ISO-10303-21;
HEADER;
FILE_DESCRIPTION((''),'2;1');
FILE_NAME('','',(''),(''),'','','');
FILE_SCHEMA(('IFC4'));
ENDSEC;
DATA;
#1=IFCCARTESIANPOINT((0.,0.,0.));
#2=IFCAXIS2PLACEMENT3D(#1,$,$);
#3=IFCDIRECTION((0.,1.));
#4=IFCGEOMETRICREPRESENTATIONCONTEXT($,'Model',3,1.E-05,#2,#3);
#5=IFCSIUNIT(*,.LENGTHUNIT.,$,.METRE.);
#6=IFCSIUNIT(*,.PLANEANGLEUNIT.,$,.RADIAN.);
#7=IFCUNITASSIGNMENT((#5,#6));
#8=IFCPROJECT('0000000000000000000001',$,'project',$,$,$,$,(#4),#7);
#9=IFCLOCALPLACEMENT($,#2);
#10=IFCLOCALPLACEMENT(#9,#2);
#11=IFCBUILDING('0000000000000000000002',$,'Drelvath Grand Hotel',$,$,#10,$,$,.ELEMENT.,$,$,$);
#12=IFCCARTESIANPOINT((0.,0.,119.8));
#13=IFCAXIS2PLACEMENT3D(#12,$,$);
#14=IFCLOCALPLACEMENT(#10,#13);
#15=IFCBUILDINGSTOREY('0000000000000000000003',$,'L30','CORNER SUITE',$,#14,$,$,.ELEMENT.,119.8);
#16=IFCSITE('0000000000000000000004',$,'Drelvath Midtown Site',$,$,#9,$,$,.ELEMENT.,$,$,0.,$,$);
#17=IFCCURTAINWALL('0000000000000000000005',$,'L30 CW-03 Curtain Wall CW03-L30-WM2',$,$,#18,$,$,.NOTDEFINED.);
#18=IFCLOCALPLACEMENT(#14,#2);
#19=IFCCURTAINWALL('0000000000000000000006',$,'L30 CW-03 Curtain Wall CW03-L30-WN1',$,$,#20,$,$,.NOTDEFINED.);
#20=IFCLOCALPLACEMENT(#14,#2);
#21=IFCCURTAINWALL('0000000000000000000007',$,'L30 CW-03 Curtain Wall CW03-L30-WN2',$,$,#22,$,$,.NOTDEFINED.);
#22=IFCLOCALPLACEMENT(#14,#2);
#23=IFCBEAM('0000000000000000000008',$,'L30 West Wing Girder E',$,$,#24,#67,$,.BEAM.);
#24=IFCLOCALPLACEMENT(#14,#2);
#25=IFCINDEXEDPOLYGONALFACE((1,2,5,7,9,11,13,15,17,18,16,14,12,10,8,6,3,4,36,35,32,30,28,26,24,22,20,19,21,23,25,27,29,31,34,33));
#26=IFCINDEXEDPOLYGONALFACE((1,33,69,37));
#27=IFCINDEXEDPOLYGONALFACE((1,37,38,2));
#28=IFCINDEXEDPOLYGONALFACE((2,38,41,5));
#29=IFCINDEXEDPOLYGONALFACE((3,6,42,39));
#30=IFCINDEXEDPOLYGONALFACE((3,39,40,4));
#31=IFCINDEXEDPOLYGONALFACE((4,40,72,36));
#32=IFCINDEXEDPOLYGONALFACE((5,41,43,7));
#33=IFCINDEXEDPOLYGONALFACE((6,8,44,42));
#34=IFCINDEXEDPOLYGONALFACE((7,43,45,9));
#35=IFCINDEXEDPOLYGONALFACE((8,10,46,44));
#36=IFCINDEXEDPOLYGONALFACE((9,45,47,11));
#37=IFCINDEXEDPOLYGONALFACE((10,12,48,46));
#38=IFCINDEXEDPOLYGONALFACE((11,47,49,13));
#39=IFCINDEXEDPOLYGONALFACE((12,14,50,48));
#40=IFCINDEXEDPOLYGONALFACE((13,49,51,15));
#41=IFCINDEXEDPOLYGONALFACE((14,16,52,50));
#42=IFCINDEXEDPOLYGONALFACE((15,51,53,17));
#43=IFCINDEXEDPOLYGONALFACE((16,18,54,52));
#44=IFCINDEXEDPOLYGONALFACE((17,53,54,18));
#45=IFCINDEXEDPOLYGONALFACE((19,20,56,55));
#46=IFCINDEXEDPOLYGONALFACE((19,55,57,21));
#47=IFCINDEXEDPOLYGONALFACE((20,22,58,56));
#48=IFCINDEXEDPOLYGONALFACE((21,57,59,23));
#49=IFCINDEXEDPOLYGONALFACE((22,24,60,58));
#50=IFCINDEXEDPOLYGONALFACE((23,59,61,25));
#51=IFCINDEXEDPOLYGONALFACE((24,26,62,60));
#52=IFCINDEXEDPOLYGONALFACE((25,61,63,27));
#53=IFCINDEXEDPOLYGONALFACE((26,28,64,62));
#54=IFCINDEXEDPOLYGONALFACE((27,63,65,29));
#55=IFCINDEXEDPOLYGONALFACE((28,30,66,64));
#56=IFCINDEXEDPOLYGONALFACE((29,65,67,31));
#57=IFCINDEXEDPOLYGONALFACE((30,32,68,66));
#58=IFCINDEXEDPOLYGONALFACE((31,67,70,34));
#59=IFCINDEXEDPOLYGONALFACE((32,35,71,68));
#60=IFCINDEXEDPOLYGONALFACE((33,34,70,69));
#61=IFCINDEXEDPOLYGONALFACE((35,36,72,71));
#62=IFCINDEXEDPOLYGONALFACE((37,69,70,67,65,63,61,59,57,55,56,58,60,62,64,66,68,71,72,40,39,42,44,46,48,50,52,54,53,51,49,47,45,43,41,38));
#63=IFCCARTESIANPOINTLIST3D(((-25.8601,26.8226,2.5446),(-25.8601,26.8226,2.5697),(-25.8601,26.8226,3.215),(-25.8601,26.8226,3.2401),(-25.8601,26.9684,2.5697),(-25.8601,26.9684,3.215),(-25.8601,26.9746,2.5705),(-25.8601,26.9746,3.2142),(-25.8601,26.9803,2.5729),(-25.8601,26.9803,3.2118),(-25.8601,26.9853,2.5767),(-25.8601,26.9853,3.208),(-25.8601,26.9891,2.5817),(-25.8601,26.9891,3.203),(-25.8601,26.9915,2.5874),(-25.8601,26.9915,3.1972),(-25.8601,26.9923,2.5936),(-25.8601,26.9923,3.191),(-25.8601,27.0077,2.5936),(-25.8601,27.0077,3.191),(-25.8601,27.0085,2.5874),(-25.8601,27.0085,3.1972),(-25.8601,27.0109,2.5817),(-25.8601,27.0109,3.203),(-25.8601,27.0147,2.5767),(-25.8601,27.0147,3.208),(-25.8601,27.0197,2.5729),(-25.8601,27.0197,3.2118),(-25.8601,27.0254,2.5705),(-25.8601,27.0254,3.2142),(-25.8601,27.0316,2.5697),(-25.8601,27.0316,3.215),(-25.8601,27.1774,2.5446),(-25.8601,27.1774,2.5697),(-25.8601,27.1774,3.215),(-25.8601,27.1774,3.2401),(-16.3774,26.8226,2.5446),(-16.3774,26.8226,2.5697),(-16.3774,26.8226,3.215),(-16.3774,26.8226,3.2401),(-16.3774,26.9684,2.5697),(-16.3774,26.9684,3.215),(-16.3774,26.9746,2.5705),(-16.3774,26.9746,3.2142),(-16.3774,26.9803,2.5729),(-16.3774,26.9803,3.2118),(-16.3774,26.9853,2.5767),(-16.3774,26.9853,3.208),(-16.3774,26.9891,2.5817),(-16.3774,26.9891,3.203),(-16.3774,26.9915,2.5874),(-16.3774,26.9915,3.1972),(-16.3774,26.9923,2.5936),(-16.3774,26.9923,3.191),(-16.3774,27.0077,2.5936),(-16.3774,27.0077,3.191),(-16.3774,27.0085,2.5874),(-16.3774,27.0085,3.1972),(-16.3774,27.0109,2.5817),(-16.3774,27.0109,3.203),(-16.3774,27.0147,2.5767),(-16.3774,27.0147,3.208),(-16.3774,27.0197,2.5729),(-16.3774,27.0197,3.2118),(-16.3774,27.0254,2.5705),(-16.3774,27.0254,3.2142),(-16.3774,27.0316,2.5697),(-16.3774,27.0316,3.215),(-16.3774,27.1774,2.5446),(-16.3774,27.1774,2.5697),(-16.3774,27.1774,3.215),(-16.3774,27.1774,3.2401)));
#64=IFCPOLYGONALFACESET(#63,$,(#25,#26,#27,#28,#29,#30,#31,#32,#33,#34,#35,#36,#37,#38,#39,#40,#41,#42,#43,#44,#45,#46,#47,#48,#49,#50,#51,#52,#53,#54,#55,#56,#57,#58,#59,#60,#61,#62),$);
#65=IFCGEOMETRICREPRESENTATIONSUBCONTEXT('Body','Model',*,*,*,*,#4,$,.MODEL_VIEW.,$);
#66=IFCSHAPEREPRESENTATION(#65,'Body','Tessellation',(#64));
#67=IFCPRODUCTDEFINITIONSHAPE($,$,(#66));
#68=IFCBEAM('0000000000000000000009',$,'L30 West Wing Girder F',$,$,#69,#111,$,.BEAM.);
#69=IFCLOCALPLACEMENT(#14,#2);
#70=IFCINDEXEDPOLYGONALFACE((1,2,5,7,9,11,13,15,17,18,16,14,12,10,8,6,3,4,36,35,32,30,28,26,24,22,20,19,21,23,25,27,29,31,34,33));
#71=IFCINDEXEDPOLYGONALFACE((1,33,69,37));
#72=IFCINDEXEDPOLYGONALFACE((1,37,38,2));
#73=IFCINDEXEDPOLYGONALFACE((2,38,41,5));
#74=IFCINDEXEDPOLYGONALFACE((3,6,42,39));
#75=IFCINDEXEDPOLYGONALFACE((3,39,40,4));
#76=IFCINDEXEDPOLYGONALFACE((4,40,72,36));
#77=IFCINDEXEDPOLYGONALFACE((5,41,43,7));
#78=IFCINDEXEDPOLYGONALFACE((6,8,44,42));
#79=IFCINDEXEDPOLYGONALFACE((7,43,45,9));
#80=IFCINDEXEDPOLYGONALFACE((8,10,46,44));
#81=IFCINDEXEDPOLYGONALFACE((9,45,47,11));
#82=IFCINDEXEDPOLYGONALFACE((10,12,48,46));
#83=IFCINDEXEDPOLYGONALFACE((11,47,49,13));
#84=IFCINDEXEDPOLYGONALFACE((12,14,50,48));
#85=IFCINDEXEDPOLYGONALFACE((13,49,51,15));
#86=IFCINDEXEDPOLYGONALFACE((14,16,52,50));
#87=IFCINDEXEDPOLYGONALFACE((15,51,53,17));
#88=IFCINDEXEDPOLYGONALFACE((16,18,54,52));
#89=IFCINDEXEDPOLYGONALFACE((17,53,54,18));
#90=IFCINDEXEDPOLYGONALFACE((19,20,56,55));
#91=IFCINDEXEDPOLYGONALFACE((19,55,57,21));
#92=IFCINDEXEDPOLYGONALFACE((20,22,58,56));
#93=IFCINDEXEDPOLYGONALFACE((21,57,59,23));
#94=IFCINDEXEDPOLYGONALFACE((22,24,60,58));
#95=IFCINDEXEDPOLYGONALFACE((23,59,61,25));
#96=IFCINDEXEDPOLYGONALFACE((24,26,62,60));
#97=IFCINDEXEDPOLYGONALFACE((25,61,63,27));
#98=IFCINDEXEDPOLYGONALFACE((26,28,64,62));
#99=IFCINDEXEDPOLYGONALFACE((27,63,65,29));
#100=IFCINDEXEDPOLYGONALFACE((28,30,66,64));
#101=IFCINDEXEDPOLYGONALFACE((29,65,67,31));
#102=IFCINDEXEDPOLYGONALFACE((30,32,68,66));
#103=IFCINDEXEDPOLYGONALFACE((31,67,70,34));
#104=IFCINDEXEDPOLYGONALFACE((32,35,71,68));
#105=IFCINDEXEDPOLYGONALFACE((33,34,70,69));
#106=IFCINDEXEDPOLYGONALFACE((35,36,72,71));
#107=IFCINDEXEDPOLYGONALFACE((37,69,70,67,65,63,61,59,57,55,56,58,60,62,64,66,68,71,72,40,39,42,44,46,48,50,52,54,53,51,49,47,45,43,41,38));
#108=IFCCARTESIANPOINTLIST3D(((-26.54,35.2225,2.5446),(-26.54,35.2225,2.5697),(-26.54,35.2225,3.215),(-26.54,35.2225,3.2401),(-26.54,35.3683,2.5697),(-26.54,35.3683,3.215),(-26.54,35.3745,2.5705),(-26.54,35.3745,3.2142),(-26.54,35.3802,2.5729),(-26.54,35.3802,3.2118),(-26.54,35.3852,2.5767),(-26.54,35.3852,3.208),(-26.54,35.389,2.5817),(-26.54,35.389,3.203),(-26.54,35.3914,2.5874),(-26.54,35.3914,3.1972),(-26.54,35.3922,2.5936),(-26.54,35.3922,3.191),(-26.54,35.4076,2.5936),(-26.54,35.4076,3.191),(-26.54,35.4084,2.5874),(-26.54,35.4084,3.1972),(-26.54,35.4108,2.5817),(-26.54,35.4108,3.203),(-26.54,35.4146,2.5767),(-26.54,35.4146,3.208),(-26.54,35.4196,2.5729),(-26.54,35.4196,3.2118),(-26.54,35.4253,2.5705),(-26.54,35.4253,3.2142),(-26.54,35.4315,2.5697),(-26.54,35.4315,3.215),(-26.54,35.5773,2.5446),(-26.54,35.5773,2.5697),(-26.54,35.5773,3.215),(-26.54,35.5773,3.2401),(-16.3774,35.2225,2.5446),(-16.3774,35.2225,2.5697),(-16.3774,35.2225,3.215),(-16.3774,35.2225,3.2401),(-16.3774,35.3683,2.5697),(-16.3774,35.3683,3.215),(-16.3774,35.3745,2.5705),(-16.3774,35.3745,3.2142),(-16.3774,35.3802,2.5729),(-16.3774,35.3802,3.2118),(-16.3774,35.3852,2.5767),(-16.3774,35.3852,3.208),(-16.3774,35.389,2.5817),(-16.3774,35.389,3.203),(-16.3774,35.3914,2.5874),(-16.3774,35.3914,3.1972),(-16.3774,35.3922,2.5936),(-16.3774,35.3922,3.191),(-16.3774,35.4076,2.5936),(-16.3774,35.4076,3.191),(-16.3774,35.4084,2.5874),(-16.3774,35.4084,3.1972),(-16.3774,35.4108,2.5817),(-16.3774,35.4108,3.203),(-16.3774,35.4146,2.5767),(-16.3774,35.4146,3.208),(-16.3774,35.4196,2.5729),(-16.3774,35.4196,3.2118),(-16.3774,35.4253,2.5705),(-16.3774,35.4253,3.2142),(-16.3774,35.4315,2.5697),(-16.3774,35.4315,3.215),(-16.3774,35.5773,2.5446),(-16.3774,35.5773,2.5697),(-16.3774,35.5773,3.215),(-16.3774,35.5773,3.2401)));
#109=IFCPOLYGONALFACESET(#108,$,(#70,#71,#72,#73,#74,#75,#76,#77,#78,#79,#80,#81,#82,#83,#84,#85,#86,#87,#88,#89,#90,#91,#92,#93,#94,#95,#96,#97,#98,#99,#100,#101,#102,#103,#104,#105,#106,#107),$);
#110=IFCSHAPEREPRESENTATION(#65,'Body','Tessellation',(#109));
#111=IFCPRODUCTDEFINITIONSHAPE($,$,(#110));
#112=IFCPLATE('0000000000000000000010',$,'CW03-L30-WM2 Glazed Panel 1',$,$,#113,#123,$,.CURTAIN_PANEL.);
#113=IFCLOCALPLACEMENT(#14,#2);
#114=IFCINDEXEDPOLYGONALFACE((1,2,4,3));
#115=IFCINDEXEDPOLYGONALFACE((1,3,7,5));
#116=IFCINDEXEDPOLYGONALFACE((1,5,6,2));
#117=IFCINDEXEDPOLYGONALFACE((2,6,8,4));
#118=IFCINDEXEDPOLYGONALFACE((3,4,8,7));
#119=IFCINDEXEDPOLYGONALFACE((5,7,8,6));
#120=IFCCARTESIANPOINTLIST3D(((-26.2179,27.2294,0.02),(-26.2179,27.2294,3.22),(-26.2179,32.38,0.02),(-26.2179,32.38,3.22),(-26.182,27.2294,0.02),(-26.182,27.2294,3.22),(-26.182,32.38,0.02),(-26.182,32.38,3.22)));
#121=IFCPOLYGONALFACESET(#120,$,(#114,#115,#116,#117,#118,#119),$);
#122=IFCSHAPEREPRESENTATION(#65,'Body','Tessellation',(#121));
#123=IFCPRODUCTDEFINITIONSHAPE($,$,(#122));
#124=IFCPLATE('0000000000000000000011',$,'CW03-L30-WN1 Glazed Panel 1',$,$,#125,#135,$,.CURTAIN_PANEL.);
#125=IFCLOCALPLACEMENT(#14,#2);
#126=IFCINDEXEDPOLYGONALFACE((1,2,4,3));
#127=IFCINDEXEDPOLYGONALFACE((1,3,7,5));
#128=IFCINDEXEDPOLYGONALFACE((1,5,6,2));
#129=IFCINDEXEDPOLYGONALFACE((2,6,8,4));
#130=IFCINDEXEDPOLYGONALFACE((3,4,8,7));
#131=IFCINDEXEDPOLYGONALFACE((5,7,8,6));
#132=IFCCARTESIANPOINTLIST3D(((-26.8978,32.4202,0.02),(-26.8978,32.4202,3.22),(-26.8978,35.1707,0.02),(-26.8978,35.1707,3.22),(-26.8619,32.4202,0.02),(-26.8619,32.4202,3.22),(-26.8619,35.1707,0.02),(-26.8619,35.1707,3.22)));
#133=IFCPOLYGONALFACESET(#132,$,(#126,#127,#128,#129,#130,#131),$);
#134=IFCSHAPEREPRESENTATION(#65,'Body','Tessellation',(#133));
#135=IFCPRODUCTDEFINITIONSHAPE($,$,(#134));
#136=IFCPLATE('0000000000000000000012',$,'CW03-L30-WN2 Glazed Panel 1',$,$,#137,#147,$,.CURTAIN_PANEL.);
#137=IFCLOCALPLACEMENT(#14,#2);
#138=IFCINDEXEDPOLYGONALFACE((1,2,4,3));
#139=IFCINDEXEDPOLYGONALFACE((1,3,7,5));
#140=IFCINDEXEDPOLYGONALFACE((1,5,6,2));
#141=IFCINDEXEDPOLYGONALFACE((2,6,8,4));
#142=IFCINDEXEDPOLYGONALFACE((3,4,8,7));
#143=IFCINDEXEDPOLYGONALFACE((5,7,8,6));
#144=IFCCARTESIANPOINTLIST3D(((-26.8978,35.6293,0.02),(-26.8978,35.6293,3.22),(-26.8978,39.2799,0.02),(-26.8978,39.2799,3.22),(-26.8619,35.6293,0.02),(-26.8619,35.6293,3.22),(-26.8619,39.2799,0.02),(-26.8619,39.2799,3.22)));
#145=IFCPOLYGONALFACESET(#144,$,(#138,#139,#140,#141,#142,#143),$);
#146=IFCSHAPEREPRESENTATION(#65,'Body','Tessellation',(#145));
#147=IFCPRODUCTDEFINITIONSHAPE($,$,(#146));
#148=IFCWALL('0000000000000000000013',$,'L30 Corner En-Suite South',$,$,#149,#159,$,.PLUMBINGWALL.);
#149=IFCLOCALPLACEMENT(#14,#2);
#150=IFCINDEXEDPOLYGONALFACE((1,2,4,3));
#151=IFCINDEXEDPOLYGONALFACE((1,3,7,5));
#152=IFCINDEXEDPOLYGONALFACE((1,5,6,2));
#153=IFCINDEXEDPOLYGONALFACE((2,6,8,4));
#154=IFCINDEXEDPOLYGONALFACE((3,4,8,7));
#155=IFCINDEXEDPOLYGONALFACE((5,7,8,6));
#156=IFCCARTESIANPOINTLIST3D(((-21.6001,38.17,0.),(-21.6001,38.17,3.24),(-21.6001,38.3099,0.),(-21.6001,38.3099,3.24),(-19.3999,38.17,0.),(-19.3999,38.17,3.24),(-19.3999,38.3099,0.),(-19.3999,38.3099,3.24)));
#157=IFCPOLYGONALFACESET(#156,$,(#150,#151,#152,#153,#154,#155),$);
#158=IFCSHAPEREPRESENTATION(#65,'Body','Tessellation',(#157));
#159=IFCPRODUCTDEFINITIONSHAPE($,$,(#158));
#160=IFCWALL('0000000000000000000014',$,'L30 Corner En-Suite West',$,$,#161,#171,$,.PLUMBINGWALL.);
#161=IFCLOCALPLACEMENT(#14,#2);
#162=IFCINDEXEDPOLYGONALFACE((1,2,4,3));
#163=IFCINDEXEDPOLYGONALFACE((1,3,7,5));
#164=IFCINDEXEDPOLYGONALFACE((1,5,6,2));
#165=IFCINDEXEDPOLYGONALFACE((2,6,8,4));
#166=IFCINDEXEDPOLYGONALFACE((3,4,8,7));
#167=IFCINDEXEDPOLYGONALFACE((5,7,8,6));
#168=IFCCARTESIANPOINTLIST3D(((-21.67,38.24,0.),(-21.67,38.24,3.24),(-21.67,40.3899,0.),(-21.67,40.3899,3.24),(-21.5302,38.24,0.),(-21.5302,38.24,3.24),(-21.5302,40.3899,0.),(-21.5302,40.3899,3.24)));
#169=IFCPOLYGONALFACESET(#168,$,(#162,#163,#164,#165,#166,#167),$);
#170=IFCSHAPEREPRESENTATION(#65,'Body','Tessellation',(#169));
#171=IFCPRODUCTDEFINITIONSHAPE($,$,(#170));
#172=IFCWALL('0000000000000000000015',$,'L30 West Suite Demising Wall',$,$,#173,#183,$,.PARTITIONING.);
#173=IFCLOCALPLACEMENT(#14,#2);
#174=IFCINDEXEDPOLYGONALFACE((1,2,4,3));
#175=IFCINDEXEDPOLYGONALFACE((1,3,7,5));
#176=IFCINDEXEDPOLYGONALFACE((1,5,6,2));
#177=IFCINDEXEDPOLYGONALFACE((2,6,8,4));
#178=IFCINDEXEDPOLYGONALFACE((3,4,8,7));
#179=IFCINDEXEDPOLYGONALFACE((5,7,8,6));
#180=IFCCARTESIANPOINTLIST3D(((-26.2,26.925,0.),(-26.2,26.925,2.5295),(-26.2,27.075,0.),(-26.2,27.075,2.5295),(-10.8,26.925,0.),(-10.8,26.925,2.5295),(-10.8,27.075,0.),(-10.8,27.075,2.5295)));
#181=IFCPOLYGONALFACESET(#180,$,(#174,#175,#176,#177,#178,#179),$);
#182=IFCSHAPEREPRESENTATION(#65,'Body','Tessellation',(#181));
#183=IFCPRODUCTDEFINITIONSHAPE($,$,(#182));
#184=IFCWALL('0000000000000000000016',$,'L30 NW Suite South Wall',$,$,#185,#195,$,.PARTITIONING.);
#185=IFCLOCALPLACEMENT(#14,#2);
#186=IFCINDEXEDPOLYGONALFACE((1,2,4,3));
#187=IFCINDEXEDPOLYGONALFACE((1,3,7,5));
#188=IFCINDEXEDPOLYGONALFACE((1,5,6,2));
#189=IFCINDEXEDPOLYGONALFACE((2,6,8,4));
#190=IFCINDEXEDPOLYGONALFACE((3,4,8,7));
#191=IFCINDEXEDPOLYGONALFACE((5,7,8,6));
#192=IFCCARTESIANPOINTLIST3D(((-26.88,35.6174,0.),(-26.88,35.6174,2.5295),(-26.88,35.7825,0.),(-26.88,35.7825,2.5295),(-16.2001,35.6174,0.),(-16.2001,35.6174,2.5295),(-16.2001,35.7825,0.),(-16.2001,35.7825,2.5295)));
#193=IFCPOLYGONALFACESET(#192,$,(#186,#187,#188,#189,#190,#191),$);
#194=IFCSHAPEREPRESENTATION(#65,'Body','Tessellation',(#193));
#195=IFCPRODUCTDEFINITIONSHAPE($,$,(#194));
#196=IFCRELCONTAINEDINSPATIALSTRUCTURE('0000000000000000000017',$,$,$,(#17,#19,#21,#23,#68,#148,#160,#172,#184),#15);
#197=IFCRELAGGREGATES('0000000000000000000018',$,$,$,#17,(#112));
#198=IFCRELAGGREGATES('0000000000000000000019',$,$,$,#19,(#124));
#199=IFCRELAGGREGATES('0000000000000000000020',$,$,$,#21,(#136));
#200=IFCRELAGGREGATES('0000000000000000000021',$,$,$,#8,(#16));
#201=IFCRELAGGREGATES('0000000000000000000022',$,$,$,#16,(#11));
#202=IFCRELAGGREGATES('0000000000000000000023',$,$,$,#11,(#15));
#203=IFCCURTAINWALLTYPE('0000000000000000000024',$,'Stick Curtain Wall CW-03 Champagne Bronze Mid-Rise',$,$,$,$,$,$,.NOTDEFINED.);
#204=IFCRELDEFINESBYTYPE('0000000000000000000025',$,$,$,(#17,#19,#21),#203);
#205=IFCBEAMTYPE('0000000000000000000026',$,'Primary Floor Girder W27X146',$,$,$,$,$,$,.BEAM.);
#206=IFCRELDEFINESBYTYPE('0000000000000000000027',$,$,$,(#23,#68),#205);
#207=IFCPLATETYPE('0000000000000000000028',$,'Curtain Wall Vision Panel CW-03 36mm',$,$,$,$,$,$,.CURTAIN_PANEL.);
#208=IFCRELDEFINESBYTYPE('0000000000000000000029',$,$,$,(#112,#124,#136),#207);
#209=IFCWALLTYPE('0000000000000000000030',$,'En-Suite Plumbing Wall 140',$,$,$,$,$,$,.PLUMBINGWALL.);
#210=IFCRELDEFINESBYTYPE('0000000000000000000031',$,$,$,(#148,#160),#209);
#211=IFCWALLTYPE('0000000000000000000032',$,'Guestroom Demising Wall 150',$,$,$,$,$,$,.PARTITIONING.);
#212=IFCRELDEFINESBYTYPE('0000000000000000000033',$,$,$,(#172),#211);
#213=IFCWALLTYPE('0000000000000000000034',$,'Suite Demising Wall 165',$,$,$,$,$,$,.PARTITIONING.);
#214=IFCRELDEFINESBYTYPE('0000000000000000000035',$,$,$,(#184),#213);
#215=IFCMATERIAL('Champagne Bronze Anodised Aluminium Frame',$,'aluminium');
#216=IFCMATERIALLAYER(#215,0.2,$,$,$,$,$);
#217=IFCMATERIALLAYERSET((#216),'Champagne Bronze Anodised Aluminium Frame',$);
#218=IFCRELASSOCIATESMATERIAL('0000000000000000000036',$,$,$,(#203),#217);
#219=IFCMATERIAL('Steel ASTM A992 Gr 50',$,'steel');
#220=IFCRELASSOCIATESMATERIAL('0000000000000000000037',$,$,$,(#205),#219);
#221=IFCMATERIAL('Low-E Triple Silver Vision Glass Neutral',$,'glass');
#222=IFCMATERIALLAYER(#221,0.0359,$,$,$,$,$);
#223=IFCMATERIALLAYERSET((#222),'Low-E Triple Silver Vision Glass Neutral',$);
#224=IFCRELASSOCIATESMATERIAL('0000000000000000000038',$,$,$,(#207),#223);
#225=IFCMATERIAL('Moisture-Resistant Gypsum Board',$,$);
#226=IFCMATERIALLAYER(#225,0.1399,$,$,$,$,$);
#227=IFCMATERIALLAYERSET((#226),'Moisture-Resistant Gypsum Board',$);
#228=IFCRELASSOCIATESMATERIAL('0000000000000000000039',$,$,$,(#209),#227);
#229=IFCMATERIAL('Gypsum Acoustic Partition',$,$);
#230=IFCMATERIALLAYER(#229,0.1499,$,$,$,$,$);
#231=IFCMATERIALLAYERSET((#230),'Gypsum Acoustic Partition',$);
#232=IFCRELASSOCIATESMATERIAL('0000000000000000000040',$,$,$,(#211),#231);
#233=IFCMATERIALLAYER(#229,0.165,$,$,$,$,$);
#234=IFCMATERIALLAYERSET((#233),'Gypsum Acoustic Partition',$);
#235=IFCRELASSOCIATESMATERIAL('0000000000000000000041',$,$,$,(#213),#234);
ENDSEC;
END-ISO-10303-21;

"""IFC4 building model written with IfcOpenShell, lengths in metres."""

from ifc_helpers import new_model, si_unit, direction, frame, frame_2d, origin, origin_2d, place, context, subcontext, project, spatial, rectangle, i_section, extrude, material, layer, layer_set, material_profile, profile_set, type_object, element, aggregate, save


model = new_model("IFC4")

# Units and contexts
model_context = context("Model", 3, precision=1e-05, world=origin(), true_north=direction((0.0, 1.0)))
body_context = subcontext(model_context, "Body", "Model", "MODEL_VIEW")
ifc_project = project(units=[si_unit("LENGTHUNIT", "METRE"), si_unit("PLANEANGLEUNIT", "RADIAN")], contexts=[model_context])

# Site, building, storey
site_placement = place(None, origin())
site = spatial("IfcSite", under=ifc_project, at=site_placement, Name="Drelvath Midtown Site", CompositionType="ELEMENT", RefElevation=0.0)
building_placement = place(site_placement, origin())
building = spatial("IfcBuilding", under=site, at=building_placement, Name="Drelvath Grand Hotel", CompositionType="ELEMENT")
storey_placement = place(building_placement, frame((0.0, 0.0, 119.8)))
storey = spatial("IfcBuildingStorey", under=building, at=storey_placement, Name="L30", Description="CORNER SUITE", CompositionType="ELEMENT", Elevation=119.8)

# Curtain walls
ifc_material_1 = material(Name="Champagne Bronze Anodised Aluminium Frame", Category="aluminium")
ifc_layer_1 = layer(ifc_material_1, 0.2)
ifc_layer_set_1 = layer_set([ifc_layer_1], Name="Champagne Bronze Anodised Aluminium Frame")
curtain_wall_type = type_object("IfcCurtainWallType", Name="Stick Curtain Wall CW-03 Champagne Bronze Mid-Rise", PredefinedType="NOTDEFINED", material=ifc_layer_set_1)
curtain_wall_1_placement = place(storey_placement, origin())
curtain_wall_1 = element("IfcCurtainWall", 1, at=curtain_wall_1_placement, inside=storey, type_object=curtain_wall_type, Name="L30 CW-03 Curtain Wall CW03-L30-WM2", PredefinedType="NOTDEFINED")
curtain_wall_2_placement = place(storey_placement, origin())
curtain_wall_2 = element("IfcCurtainWall", 2, at=curtain_wall_2_placement, inside=storey, type_object=curtain_wall_type, Name="L30 CW-03 Curtain Wall CW03-L30-WN1", PredefinedType="NOTDEFINED")
curtain_wall_3_placement = place(storey_placement, origin())
curtain_wall_3 = element("IfcCurtainWall", 3, at=curtain_wall_3_placement, inside=storey, type_object=curtain_wall_type, Name="L30 CW-03 Curtain Wall CW03-L30-WN2", PredefinedType="NOTDEFINED")

# Beams
ifc_material_2 = material(Name="Steel ASTM A992 Gr 50", Category="steel")
ifc_material_profile_1 = material_profile(ifc_material_2, i_section(OverallWidth=0.3547, OverallDepth=0.6956, WebThickness=0.0154, FlangeThickness=0.0251, FilletRadius=0.0239, at=origin_2d()), Name="W27X146")
ifc_profile_set_1 = profile_set([ifc_material_profile_1], Name="Steel ASTM A992 Gr 50")
beam_type_1 = type_object("IfcBeamType", Name="Primary Floor Girder W27X146", PredefinedType="BEAM", material=ifc_profile_set_1)
beam_1_placement = place(storey_placement, frame((-25.8601, 27.0, 2.8923), z_axis=(1.0, 0.0, 0.0), x_axis=(0.0, 1.0, 0.0)))
element("IfcBeam", 4, at=beam_1_placement, inside=storey, type_object=beam_type_1, Name="L30 West Wing Girder E", PredefinedType="BEAM", context=body_context, shape_type="SweptSolid", body=[
    extrude(i_section(OverallWidth=0.3547, OverallDepth=0.6956, WebThickness=0.0154, FlangeThickness=0.0251, FilletRadius=0.0239, at=origin_2d()), origin(), (0.0, 0.0, 1.0), 9.4827),
])
beam_2_placement = place(storey_placement, frame((-26.54, 35.3999, 2.8923), z_axis=(1.0, 0.0, 0.0), x_axis=(0.0, 1.0, 0.0)))
element("IfcBeam", 5, at=beam_2_placement, inside=storey, type_object=beam_type_1, Name="L30 West Wing Girder F", PredefinedType="BEAM", context=body_context, shape_type="SweptSolid", body=[
    extrude(i_section(OverallWidth=0.3547, OverallDepth=0.6956, WebThickness=0.0154, FlangeThickness=0.0251, FilletRadius=0.0239, at=origin_2d()), origin(), (0.0, 0.0, 1.0), 10.1626),
])

# Plates
ifc_material_3 = material(Name="Low-E Triple Silver Vision Glass Neutral", Category="glass")
ifc_layer_2 = layer(ifc_material_3, 0.0359)
ifc_layer_set_2 = layer_set([ifc_layer_2], Name="Low-E Triple Silver Vision Glass Neutral")
plate_type = type_object("IfcPlateType", Name="Curtain Wall Vision Panel CW-03 36mm", PredefinedType="CURTAIN_PANEL", material=ifc_layer_set_2)
plate_1_placement = place(storey_placement, frame((-26.2, 29.8047, 0.02), z_axis=(0.0, 0.0, 1.0), x_axis=(0.0, 1.0, 0.0)))
plate_1 = element("IfcPlate", 6, at=plate_1_placement, type_object=plate_type, Name="CW03-L30-WM2 Glazed Panel 1", PredefinedType="CURTAIN_PANEL", context=body_context, shape_type="SweptSolid", body=[
    extrude(rectangle(XDim=5.1506, YDim=0.0359, at=origin_2d()), origin(), (0.0, 0.0, 1.0), 3.2),
])
aggregate(curtain_wall_1, [plate_1])
plate_2_placement = place(storey_placement, frame((-26.8799, 33.7954, 0.02), z_axis=(0.0, 0.0, 1.0), x_axis=(0.0, 1.0, 0.0)))
plate_2 = element("IfcPlate", 7, at=plate_2_placement, type_object=plate_type, Name="CW03-L30-WN1 Glazed Panel 1", PredefinedType="CURTAIN_PANEL", context=body_context, shape_type="SweptSolid", body=[
    extrude(rectangle(XDim=2.7505, YDim=0.0359, at=origin_2d()), origin(), (0.0, 0.0, 1.0), 3.2),
])
aggregate(curtain_wall_2, [plate_2])
plate_3_placement = place(storey_placement, frame((-26.8799, 37.4546, 0.02), z_axis=(0.0, 0.0, 1.0), x_axis=(0.0, 1.0, 0.0)))
plate_3 = element("IfcPlate", 8, at=plate_3_placement, type_object=plate_type, Name="CW03-L30-WN2 Glazed Panel 1", PredefinedType="CURTAIN_PANEL", context=body_context, shape_type="SweptSolid", body=[
    extrude(rectangle(XDim=3.6506, YDim=0.0359, at=origin_2d()), origin(), (0.0, 0.0, 1.0), 3.2),
])
aggregate(curtain_wall_3, [plate_3])

# Walls
ifc_material_4 = material(Name="Moisture-Resistant Gypsum Board")
ifc_layer_3 = layer(ifc_material_4, 0.1399)
ifc_layer_set_3 = layer_set([ifc_layer_3], Name="Moisture-Resistant Gypsum Board")
wall_type_1 = type_object("IfcWallType", Name="En-Suite Plumbing Wall 140", PredefinedType="PLUMBINGWALL", material=ifc_layer_set_3)
wall_1_placement = place(storey_placement, frame((-21.6001, 38.24, 0.0), z_axis=(0.0, 0.0, 1.0), x_axis=(1.0, 0.0, 0.0)))
element("IfcWall", 9, at=wall_1_placement, inside=storey, type_object=wall_type_1, Name="L30 Corner En-Suite South", PredefinedType="PLUMBINGWALL", context=body_context, shape_type="SweptSolid", body=[
    extrude(rectangle(XDim=2.2002, YDim=0.1399, at=frame_2d((1.1001, 0.0))), origin(), (0.0, 0.0, 1.0), 3.24),
])
wall_2_placement = place(storey_placement, frame((-21.6001, 38.24, 0.0), z_axis=(0.0, 0.0, 1.0), x_axis=(0.0, 1.0, 0.0)))
element("IfcWall", 10, at=wall_2_placement, inside=storey, type_object=wall_type_1, Name="L30 Corner En-Suite West", PredefinedType="PLUMBINGWALL", context=body_context, shape_type="SweptSolid", body=[
    extrude(rectangle(XDim=2.1499, YDim=0.1399, at=frame_2d((1.075, 0.0))), origin(), (0.0, 0.0, 1.0), 3.24),
])
ifc_material_5 = material(Name="Gypsum Acoustic Partition")
ifc_layer_4 = layer(ifc_material_5, 0.1499)
ifc_layer_set_4 = layer_set([ifc_layer_4], Name="Gypsum Acoustic Partition")
wall_type_2 = type_object("IfcWallType", Name="Guestroom Demising Wall 150", PredefinedType="PARTITIONING", material=ifc_layer_set_4)
wall_3_placement = place(storey_placement, frame((-26.2, 27.0, 0.0), z_axis=(0.0, 0.0, 1.0), x_axis=(1.0, 0.0, 0.0)))
element("IfcWall", 11, at=wall_3_placement, inside=storey, type_object=wall_type_2, Name="L30 West Suite Demising Wall", PredefinedType="PARTITIONING", context=body_context, shape_type="SweptSolid", body=[
    extrude(rectangle(XDim=15.3999, YDim=0.1499, at=frame_2d((7.7, 0.0))), origin(), (0.0, 0.0, 1.0), 2.5295),
])
ifc_layer_5 = layer(ifc_material_5, 0.165)
ifc_layer_set_5 = layer_set([ifc_layer_5], Name="Gypsum Acoustic Partition")
wall_type_3 = type_object("IfcWallType", Name="Suite Demising Wall 165", PredefinedType="PARTITIONING", material=ifc_layer_set_5)
wall_4_placement = place(storey_placement, frame((-26.8799, 35.7, 0.0), z_axis=(0.0, 0.0, 1.0), x_axis=(1.0, 0.0, 0.0)))
element("IfcWall", 12, at=wall_4_placement, inside=storey, type_object=wall_type_3, Name="L30 NW Suite South Wall", PredefinedType="PARTITIONING", context=body_context, shape_type="SweptSolid", body=[
    extrude(rectangle(XDim=10.6799, YDim=0.165, at=frame_2d((5.3398, 0.0))), origin(), (0.0, 0.0, 1.0), 2.5295),
])

save(model, "model.ifc")
